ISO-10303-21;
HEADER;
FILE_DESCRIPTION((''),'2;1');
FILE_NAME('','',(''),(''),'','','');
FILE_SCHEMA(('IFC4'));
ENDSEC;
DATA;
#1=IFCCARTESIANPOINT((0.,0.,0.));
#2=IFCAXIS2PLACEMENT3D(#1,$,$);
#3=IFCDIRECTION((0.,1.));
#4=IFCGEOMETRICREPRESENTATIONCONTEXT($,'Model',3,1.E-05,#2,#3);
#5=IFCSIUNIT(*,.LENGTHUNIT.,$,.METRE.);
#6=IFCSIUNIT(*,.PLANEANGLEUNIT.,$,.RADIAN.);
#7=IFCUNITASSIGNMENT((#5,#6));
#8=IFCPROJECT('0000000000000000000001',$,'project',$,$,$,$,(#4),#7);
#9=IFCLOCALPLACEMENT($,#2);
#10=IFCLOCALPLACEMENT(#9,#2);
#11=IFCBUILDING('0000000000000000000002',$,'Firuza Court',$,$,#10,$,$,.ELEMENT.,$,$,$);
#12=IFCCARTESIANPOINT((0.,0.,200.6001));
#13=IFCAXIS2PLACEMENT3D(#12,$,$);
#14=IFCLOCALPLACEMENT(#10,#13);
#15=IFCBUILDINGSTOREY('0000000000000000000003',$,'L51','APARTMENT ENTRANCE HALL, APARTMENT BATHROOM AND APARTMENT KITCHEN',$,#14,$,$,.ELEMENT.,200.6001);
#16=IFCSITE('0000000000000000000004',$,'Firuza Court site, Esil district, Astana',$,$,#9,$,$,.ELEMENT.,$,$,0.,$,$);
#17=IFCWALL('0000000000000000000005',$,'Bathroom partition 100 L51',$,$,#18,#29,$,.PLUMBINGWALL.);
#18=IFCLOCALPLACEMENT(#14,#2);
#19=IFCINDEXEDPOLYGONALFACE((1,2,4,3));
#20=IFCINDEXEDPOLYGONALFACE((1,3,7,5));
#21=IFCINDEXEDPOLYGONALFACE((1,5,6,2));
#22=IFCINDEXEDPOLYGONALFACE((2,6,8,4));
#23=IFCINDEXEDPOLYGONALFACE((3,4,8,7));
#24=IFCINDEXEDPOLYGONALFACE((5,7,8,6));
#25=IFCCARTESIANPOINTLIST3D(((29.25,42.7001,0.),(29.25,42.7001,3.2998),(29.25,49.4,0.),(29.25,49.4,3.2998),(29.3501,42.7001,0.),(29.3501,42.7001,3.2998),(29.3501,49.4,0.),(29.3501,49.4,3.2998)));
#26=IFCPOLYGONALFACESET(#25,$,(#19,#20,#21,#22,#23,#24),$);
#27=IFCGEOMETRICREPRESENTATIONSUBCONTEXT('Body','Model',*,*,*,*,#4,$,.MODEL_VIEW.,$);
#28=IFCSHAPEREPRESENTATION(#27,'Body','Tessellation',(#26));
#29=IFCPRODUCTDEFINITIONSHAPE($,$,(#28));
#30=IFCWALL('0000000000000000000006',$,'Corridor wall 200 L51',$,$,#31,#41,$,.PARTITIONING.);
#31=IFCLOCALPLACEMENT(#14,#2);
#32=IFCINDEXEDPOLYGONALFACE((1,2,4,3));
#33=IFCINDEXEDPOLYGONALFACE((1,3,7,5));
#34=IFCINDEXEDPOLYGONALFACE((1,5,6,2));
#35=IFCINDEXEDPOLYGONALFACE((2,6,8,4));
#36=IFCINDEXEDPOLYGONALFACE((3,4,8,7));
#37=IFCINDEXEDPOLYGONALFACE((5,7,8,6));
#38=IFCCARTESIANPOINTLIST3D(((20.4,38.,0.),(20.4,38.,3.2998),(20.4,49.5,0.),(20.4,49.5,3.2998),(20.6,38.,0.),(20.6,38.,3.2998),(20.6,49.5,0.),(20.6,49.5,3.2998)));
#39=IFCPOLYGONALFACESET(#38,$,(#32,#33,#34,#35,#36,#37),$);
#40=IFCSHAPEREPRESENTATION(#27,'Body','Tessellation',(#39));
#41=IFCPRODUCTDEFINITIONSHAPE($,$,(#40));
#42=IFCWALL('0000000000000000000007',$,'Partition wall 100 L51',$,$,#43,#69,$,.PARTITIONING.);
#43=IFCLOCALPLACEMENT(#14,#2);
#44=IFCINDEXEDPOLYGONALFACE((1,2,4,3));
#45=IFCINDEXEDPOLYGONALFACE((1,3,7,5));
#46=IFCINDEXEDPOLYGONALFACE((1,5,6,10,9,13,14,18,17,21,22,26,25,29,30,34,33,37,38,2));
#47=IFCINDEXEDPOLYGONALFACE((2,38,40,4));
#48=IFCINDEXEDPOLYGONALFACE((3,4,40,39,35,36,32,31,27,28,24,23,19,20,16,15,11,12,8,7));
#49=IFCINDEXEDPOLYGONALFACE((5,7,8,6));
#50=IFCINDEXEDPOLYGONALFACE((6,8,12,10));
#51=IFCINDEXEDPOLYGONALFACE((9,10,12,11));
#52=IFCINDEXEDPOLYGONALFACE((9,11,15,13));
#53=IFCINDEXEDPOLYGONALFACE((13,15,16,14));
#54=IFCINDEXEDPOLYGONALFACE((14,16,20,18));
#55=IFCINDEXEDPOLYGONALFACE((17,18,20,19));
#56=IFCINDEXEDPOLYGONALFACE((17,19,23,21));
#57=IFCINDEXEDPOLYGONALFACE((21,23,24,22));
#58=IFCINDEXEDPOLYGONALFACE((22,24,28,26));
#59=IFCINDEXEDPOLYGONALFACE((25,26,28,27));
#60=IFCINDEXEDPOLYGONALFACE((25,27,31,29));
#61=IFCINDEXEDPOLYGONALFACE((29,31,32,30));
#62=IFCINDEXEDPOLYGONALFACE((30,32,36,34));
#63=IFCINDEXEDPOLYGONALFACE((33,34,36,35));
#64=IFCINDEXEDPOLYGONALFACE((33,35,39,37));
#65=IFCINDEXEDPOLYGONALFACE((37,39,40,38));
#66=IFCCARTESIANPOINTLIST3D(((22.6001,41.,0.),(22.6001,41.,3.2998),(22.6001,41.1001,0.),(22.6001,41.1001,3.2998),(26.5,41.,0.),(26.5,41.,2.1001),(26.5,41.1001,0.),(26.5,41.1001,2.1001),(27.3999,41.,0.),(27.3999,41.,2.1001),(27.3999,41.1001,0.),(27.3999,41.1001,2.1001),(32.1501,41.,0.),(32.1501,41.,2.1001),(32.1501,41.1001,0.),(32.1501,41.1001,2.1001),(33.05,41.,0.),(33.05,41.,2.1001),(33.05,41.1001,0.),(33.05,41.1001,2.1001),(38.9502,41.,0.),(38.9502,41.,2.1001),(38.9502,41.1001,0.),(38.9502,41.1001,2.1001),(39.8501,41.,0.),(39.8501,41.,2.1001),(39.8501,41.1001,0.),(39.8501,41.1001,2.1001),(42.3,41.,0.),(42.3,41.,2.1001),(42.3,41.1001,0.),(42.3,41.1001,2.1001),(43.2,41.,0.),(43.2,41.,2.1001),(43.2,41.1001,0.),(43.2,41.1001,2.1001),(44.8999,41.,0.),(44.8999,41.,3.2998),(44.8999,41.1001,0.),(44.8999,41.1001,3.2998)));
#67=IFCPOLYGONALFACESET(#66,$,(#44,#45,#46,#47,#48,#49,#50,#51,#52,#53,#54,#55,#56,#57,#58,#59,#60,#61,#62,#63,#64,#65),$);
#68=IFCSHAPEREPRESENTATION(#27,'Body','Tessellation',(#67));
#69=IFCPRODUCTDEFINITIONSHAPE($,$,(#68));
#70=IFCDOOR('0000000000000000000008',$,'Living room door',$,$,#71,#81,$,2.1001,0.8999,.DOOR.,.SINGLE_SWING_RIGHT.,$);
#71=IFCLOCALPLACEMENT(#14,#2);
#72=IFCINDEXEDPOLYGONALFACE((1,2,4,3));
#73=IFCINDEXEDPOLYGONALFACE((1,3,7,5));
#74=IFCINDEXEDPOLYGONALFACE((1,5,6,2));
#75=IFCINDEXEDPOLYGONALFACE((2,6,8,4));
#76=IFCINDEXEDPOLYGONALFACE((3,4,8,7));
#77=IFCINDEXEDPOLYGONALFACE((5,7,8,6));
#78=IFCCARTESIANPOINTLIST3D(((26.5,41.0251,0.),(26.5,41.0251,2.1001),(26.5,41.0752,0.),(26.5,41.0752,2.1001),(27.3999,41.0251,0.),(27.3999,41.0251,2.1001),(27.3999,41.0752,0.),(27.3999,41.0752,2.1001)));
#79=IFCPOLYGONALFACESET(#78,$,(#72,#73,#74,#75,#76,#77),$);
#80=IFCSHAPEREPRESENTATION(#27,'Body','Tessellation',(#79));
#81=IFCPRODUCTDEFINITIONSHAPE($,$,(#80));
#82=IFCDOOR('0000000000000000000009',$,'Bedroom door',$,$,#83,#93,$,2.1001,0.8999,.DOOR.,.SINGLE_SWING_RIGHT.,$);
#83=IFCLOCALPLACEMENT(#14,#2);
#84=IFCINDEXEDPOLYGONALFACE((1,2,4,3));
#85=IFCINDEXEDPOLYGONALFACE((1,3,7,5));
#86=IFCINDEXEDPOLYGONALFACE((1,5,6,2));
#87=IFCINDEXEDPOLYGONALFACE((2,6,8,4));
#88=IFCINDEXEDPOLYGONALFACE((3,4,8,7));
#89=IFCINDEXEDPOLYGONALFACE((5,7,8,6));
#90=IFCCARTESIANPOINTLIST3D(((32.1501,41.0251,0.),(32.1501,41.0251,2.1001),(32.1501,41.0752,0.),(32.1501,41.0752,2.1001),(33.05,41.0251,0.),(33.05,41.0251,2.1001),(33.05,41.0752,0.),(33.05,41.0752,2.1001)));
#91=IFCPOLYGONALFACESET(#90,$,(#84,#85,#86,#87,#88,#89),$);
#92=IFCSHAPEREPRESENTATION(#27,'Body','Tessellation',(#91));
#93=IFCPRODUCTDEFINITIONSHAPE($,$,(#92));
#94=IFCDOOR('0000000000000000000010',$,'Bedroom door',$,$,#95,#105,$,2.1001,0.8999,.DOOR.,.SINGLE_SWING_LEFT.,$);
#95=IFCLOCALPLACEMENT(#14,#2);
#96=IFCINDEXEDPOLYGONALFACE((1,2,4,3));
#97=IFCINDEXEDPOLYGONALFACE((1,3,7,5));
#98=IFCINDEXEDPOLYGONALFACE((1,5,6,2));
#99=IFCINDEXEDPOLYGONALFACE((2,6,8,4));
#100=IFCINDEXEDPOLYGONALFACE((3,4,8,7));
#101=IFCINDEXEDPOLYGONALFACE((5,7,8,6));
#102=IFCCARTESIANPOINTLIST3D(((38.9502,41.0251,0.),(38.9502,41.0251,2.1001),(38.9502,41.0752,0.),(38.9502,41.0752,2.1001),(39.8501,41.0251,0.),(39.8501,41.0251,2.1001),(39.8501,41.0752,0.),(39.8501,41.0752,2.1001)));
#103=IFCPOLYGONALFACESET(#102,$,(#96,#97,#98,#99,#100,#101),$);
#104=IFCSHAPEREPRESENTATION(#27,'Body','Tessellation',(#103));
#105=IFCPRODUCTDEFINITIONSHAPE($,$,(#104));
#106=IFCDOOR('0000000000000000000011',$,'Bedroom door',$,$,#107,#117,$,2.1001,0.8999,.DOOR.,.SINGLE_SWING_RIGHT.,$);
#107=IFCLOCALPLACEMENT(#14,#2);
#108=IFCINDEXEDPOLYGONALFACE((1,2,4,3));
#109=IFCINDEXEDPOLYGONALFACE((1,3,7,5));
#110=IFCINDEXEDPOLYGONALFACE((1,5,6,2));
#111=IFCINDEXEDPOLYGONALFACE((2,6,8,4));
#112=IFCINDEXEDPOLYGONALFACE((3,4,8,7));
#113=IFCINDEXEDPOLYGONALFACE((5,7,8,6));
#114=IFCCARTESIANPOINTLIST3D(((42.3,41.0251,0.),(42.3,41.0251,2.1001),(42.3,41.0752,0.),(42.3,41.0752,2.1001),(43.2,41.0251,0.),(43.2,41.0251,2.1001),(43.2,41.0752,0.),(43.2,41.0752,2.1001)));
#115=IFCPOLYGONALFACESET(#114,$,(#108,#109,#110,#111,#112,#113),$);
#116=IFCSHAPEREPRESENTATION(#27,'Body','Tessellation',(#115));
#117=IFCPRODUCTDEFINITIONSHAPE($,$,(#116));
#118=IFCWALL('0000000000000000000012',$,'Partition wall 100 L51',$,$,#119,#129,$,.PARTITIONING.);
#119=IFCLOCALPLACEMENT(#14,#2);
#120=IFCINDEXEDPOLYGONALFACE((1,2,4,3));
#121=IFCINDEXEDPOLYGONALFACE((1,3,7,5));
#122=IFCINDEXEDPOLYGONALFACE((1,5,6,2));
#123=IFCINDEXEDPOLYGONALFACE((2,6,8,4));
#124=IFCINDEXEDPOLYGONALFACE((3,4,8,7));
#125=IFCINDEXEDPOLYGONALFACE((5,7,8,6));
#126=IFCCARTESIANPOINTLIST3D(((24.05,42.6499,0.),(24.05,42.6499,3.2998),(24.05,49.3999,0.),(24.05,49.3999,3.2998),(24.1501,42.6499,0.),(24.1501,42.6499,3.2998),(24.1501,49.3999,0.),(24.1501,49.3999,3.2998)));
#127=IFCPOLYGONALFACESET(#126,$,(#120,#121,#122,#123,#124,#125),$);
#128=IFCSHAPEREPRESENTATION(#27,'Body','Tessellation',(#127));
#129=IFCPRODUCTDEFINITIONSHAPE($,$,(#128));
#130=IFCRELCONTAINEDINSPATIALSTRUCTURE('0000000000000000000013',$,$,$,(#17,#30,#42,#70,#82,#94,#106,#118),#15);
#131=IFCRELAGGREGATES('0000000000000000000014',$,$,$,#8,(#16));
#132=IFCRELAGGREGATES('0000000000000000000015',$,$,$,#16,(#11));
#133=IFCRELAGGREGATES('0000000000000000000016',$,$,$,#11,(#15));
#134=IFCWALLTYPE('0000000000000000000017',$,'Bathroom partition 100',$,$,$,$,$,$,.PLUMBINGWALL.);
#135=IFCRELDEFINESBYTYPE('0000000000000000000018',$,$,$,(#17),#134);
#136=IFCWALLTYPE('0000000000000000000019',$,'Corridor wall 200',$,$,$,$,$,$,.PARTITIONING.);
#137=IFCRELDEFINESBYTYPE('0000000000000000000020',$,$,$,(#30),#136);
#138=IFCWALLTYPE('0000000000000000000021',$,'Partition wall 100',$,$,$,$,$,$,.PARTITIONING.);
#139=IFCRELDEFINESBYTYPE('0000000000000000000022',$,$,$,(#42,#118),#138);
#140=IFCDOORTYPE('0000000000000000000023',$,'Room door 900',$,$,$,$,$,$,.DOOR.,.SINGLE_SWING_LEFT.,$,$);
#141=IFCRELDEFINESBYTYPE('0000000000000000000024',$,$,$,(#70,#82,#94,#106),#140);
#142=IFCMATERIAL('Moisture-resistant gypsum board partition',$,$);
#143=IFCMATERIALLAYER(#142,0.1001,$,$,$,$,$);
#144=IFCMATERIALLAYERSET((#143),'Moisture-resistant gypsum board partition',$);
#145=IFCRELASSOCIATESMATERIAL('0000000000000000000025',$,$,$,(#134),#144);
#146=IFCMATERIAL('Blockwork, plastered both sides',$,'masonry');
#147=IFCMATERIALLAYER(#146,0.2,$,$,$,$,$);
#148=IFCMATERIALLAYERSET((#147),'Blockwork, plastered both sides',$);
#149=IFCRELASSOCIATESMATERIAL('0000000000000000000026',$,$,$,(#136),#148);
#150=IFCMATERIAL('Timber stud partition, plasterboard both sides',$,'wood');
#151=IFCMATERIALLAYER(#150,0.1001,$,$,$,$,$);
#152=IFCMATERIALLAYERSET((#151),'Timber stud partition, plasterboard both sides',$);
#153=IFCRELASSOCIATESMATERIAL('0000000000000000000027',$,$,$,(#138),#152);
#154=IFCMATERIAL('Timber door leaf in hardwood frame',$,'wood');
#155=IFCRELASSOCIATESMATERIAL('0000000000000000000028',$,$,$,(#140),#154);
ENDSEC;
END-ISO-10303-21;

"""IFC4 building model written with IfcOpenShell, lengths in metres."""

from ifc_helpers import new_model, si_unit, direction, frame, frame_2d, origin, place, context, subcontext, project, spatial, rectangle, extrude, material, layer, layer_set, type_object, element, fill, save


model = new_model("IFC4")

# Units and contexts
model_context = context("Model", 3, precision=1e-05, world=origin(), true_north=direction((0.0, 1.0)))
body_context = subcontext(model_context, "Body", "Model", "MODEL_VIEW")
ifc_project = project(units=[si_unit("LENGTHUNIT", "METRE"), si_unit("PLANEANGLEUNIT", "RADIAN")], contexts=[model_context])

# Site, building, storey
site_placement = place(None, origin())
site = spatial("IfcSite", under=ifc_project, at=site_placement, Name="Firuza Court site, Esil district, Astana", CompositionType="ELEMENT", RefElevation=0.0)
building_placement = place(site_placement, origin())
building = spatial("IfcBuilding", under=site, at=building_placement, Name="Firuza Court", CompositionType="ELEMENT")
storey_placement = place(building_placement, frame((0.0, 0.0, 200.6001)))
storey = spatial("IfcBuildingStorey", under=building, at=storey_placement, Name="L51", Description="APARTMENT ENTRANCE HALL, APARTMENT BATHROOM AND APARTMENT KITCHEN", CompositionType="ELEMENT", Elevation=200.6001)

# Walls
ifc_material_1 = material(Name="Moisture-resistant gypsum board partition")
ifc_layer_1 = layer(ifc_material_1, 0.1001)
ifc_layer_set_1 = layer_set([ifc_layer_1], Name="Moisture-resistant gypsum board partition")
wall_type_1 = type_object("IfcWallType", Name="Bathroom partition 100", PredefinedType="PLUMBINGWALL", material=ifc_layer_set_1)
wall_1_placement = place(storey_placement, frame((29.3, 42.7, 0.0), z_axis=(0.0, 0.0, 1.0), x_axis=(0.0, 1.0, 0.0)))
element("IfcWall", 1, at=wall_1_placement, inside=storey, type_object=wall_type_1, Name="Bathroom partition 100 L51", PredefinedType="PLUMBINGWALL", context=body_context, shape_type="SweptSolid", body=[
    extrude(rectangle(XDim=6.7, YDim=0.1001, at=frame_2d((3.3501, 0.0))), origin(), (0.0, 0.0, 1.0), 3.2998),
])
ifc_material_2 = material(Name="Blockwork, plastered both sides", Category="masonry")
ifc_layer_2 = layer(ifc_material_2, 0.2)
ifc_layer_set_2 = layer_set([ifc_layer_2], Name="Blockwork, plastered both sides")
wall_type_2 = type_object("IfcWallType", Name="Corridor wall 200", PredefinedType="PARTITIONING", material=ifc_layer_set_2)
wall_2_placement = place(storey_placement, frame((20.5, 38.0, 0.0), z_axis=(0.0, 0.0, 1.0), x_axis=(0.0, 1.0, 0.0)))
element("IfcWall", 2, at=wall_2_placement, inside=storey, type_object=wall_type_2, Name="Corridor wall 200 L51", PredefinedType="PARTITIONING", context=body_context, shape_type="SweptSolid", body=[
    extrude(rectangle(XDim=11.5, YDim=0.2, at=frame_2d((5.75, 0.0))), origin(), (0.0, 0.0, 1.0), 3.2998),
])

# Wall, openings, doors
ifc_material_3 = material(Name="Timber stud partition, plasterboard both sides", Category="wood")
ifc_layer_3 = layer(ifc_material_3, 0.1001)
ifc_layer_set_3 = layer_set([ifc_layer_3], Name="Timber stud partition, plasterboard both sides")
wall_type_3 = type_object("IfcWallType", Name="Partition wall 100", PredefinedType="PARTITIONING", material=ifc_layer_set_3)
wall_3_placement = place(storey_placement, frame((22.6001, 41.05, 0.0), z_axis=(0.0, 0.0, 1.0), x_axis=(1.0, 0.0, 0.0)))
wall_3 = element("IfcWall", 3, at=wall_3_placement, inside=storey, type_object=wall_type_3, Name="Partition wall 100 L51", PredefinedType="PARTITIONING", context=body_context, shape_type="SweptSolid", body=[
    extrude(rectangle(XDim=22.2998, YDim=0.1001, at=frame_2d((11.1499, 0.0))), origin(), (0.0, 0.0, 1.0), 3.2998),
])
opening_1_placement = place(wall_3_placement, frame((3.8999, 0.0, 0.0)))
opening_1 = element("IfcOpeningElement", 4, at=opening_1_placement, cuts=wall_3, PredefinedType="OPENING", context=body_context, shape_type="SweptSolid", body=[
    extrude(rectangle(XDim=0.8999, YDim=2.1001, at=frame_2d((0.45, 1.05))), frame((0.0, 0.062, 0.0), z_axis=(0.0, -1.0, 0.0), x_axis=(1.0, 0.0, 0.0)), (0.0, 0.0, 1.0), 0.124),
])
opening_2_placement = place(wall_3_placement, frame((9.55, 0.0, 0.0)))
opening_2 = element("IfcOpeningElement", 5, at=opening_2_placement, cuts=wall_3, PredefinedType="OPENING", context=body_context, shape_type="SweptSolid", body=[
    extrude(rectangle(XDim=0.8999, YDim=2.1001, at=frame_2d((0.45, 1.05))), frame((0.0, 0.062, 0.0), z_axis=(0.0, -1.0, 0.0), x_axis=(1.0, 0.0, 0.0)), (0.0, 0.0, 1.0), 0.124),
])
opening_3_placement = place(wall_3_placement, frame((16.3501, 0.0, 0.0)))
opening_3 = element("IfcOpeningElement", 6, at=opening_3_placement, cuts=wall_3, PredefinedType="OPENING", context=body_context, shape_type="SweptSolid", body=[
    extrude(rectangle(XDim=0.8999, YDim=2.1001, at=frame_2d((0.45, 1.05))), frame((0.0, 0.062, 0.0), z_axis=(0.0, -1.0, 0.0), x_axis=(1.0, 0.0, 0.0)), (0.0, 0.0, 1.0), 0.124),
])
opening_4_placement = place(wall_3_placement, frame((19.7, 0.0, 0.0)))
opening_4 = element("IfcOpeningElement", 7, at=opening_4_placement, cuts=wall_3, PredefinedType="OPENING", context=body_context, shape_type="SweptSolid", body=[
    extrude(rectangle(XDim=0.8999, YDim=2.1001, at=frame_2d((0.45, 1.05))), frame((0.0, 0.062, 0.0), z_axis=(0.0, -1.0, 0.0), x_axis=(1.0, 0.0, 0.0)), (0.0, 0.0, 1.0), 0.124),
])
ifc_material_4 = material(Name="Timber door leaf in hardwood frame", Category="wood")
door_type_1 = type_object("IfcDoorType", Name="Room door 900", OperationType="SINGLE_SWING_LEFT", PredefinedType="DOOR", material=ifc_material_4)
door_1_placement = place(opening_1_placement, frame((0.8999, 0.0, 0.0), z_axis=(0.0, 0.0, 1.0), x_axis=(-1.0, 0.0, 0.0)))
door_1 = element("IfcDoor", 8, at=door_1_placement, inside=storey, type_object=door_type_1, Name="Living room door", OperationType="SINGLE_SWING_RIGHT", OverallHeight=2.1001, OverallWidth=0.8999, PredefinedType="DOOR", context=body_context, shape_type="SweptSolid", body=[
    extrude(rectangle(XDim=0.8999, YDim=2.1001, at=frame_2d((0.45, 1.05))), frame((0.0, 0.0249, 0.0), z_axis=(0.0, -1.0, 0.0), x_axis=(1.0, 0.0, 0.0)), (0.0, 0.0, 1.0), 0.05),
])
fill(opening_1, door_1)
door_2_placement = place(opening_2_placement, frame((0.8999, 0.0, 0.0), z_axis=(0.0, 0.0, 1.0), x_axis=(-1.0, 0.0, 0.0)))
door_2 = element("IfcDoor", 9, at=door_2_placement, inside=storey, type_object=door_type_1, Name="Bedroom door", OperationType="SINGLE_SWING_RIGHT", OverallHeight=2.1001, OverallWidth=0.8999, PredefinedType="DOOR", context=body_context, shape_type="SweptSolid", body=[
    extrude(rectangle(XDim=0.8999, YDim=2.1001, at=frame_2d((0.45, 1.05))), frame((0.0, 0.0249, 0.0), z_axis=(0.0, -1.0, 0.0), x_axis=(1.0, 0.0, 0.0)), (0.0, 0.0, 1.0), 0.05),
])
fill(opening_2, door_2)
door_3_placement = place(opening_3_placement, frame((0.8999, 0.0, 0.0), z_axis=(0.0, 0.0, 1.0), x_axis=(-1.0, 0.0, 0.0)))
door_3 = element("IfcDoor", 10, at=door_3_placement, inside=storey, type_object=door_type_1, Name="Bedroom door", OperationType="SINGLE_SWING_LEFT", OverallHeight=2.1001, OverallWidth=0.8999, PredefinedType="DOOR", context=body_context, shape_type="SweptSolid", body=[
    extrude(rectangle(XDim=0.8999, YDim=2.1001, at=frame_2d((0.45, 1.05))), frame((0.0, 0.0249, 0.0), z_axis=(0.0, -1.0, 0.0), x_axis=(1.0, 0.0, 0.0)), (0.0, 0.0, 1.0), 0.05),
])
fill(opening_3, door_3)
door_4_placement = place(opening_4_placement, frame((0.8999, 0.0, 0.0), z_axis=(0.0, 0.0, 1.0), x_axis=(-1.0, 0.0, 0.0)))
door_4 = element("IfcDoor", 11, at=door_4_placement, inside=storey, type_object=door_type_1, Name="Bedroom door", OperationType="SINGLE_SWING_RIGHT", OverallHeight=2.1001, OverallWidth=0.8999, PredefinedType="DOOR", context=body_context, shape_type="SweptSolid", body=[
    extrude(rectangle(XDim=0.8999, YDim=2.1001, at=frame_2d((0.45, 1.05))), frame((0.0, 0.0249, 0.0), z_axis=(0.0, -1.0, 0.0), x_axis=(1.0, 0.0, 0.0)), (0.0, 0.0, 1.0), 0.05),
])
fill(opening_4, door_4)

# Wall
wall_4_placement = place(storey_placement, frame((24.1001, 42.6499, 0.0), z_axis=(0.0, 0.0, 1.0), x_axis=(0.0, 1.0, 0.0)))
element("IfcWall", 12, at=wall_4_placement, inside=storey, type_object=wall_type_3, Name="Partition wall 100 L51", PredefinedType="PARTITIONING", context=body_context, shape_type="SweptSolid", body=[
    extrude(rectangle(XDim=6.75, YDim=0.1001, at=frame_2d((3.375, 0.0))), origin(), (0.0, 0.0, 1.0), 3.2998),
])

save(model, "model.ifc")
